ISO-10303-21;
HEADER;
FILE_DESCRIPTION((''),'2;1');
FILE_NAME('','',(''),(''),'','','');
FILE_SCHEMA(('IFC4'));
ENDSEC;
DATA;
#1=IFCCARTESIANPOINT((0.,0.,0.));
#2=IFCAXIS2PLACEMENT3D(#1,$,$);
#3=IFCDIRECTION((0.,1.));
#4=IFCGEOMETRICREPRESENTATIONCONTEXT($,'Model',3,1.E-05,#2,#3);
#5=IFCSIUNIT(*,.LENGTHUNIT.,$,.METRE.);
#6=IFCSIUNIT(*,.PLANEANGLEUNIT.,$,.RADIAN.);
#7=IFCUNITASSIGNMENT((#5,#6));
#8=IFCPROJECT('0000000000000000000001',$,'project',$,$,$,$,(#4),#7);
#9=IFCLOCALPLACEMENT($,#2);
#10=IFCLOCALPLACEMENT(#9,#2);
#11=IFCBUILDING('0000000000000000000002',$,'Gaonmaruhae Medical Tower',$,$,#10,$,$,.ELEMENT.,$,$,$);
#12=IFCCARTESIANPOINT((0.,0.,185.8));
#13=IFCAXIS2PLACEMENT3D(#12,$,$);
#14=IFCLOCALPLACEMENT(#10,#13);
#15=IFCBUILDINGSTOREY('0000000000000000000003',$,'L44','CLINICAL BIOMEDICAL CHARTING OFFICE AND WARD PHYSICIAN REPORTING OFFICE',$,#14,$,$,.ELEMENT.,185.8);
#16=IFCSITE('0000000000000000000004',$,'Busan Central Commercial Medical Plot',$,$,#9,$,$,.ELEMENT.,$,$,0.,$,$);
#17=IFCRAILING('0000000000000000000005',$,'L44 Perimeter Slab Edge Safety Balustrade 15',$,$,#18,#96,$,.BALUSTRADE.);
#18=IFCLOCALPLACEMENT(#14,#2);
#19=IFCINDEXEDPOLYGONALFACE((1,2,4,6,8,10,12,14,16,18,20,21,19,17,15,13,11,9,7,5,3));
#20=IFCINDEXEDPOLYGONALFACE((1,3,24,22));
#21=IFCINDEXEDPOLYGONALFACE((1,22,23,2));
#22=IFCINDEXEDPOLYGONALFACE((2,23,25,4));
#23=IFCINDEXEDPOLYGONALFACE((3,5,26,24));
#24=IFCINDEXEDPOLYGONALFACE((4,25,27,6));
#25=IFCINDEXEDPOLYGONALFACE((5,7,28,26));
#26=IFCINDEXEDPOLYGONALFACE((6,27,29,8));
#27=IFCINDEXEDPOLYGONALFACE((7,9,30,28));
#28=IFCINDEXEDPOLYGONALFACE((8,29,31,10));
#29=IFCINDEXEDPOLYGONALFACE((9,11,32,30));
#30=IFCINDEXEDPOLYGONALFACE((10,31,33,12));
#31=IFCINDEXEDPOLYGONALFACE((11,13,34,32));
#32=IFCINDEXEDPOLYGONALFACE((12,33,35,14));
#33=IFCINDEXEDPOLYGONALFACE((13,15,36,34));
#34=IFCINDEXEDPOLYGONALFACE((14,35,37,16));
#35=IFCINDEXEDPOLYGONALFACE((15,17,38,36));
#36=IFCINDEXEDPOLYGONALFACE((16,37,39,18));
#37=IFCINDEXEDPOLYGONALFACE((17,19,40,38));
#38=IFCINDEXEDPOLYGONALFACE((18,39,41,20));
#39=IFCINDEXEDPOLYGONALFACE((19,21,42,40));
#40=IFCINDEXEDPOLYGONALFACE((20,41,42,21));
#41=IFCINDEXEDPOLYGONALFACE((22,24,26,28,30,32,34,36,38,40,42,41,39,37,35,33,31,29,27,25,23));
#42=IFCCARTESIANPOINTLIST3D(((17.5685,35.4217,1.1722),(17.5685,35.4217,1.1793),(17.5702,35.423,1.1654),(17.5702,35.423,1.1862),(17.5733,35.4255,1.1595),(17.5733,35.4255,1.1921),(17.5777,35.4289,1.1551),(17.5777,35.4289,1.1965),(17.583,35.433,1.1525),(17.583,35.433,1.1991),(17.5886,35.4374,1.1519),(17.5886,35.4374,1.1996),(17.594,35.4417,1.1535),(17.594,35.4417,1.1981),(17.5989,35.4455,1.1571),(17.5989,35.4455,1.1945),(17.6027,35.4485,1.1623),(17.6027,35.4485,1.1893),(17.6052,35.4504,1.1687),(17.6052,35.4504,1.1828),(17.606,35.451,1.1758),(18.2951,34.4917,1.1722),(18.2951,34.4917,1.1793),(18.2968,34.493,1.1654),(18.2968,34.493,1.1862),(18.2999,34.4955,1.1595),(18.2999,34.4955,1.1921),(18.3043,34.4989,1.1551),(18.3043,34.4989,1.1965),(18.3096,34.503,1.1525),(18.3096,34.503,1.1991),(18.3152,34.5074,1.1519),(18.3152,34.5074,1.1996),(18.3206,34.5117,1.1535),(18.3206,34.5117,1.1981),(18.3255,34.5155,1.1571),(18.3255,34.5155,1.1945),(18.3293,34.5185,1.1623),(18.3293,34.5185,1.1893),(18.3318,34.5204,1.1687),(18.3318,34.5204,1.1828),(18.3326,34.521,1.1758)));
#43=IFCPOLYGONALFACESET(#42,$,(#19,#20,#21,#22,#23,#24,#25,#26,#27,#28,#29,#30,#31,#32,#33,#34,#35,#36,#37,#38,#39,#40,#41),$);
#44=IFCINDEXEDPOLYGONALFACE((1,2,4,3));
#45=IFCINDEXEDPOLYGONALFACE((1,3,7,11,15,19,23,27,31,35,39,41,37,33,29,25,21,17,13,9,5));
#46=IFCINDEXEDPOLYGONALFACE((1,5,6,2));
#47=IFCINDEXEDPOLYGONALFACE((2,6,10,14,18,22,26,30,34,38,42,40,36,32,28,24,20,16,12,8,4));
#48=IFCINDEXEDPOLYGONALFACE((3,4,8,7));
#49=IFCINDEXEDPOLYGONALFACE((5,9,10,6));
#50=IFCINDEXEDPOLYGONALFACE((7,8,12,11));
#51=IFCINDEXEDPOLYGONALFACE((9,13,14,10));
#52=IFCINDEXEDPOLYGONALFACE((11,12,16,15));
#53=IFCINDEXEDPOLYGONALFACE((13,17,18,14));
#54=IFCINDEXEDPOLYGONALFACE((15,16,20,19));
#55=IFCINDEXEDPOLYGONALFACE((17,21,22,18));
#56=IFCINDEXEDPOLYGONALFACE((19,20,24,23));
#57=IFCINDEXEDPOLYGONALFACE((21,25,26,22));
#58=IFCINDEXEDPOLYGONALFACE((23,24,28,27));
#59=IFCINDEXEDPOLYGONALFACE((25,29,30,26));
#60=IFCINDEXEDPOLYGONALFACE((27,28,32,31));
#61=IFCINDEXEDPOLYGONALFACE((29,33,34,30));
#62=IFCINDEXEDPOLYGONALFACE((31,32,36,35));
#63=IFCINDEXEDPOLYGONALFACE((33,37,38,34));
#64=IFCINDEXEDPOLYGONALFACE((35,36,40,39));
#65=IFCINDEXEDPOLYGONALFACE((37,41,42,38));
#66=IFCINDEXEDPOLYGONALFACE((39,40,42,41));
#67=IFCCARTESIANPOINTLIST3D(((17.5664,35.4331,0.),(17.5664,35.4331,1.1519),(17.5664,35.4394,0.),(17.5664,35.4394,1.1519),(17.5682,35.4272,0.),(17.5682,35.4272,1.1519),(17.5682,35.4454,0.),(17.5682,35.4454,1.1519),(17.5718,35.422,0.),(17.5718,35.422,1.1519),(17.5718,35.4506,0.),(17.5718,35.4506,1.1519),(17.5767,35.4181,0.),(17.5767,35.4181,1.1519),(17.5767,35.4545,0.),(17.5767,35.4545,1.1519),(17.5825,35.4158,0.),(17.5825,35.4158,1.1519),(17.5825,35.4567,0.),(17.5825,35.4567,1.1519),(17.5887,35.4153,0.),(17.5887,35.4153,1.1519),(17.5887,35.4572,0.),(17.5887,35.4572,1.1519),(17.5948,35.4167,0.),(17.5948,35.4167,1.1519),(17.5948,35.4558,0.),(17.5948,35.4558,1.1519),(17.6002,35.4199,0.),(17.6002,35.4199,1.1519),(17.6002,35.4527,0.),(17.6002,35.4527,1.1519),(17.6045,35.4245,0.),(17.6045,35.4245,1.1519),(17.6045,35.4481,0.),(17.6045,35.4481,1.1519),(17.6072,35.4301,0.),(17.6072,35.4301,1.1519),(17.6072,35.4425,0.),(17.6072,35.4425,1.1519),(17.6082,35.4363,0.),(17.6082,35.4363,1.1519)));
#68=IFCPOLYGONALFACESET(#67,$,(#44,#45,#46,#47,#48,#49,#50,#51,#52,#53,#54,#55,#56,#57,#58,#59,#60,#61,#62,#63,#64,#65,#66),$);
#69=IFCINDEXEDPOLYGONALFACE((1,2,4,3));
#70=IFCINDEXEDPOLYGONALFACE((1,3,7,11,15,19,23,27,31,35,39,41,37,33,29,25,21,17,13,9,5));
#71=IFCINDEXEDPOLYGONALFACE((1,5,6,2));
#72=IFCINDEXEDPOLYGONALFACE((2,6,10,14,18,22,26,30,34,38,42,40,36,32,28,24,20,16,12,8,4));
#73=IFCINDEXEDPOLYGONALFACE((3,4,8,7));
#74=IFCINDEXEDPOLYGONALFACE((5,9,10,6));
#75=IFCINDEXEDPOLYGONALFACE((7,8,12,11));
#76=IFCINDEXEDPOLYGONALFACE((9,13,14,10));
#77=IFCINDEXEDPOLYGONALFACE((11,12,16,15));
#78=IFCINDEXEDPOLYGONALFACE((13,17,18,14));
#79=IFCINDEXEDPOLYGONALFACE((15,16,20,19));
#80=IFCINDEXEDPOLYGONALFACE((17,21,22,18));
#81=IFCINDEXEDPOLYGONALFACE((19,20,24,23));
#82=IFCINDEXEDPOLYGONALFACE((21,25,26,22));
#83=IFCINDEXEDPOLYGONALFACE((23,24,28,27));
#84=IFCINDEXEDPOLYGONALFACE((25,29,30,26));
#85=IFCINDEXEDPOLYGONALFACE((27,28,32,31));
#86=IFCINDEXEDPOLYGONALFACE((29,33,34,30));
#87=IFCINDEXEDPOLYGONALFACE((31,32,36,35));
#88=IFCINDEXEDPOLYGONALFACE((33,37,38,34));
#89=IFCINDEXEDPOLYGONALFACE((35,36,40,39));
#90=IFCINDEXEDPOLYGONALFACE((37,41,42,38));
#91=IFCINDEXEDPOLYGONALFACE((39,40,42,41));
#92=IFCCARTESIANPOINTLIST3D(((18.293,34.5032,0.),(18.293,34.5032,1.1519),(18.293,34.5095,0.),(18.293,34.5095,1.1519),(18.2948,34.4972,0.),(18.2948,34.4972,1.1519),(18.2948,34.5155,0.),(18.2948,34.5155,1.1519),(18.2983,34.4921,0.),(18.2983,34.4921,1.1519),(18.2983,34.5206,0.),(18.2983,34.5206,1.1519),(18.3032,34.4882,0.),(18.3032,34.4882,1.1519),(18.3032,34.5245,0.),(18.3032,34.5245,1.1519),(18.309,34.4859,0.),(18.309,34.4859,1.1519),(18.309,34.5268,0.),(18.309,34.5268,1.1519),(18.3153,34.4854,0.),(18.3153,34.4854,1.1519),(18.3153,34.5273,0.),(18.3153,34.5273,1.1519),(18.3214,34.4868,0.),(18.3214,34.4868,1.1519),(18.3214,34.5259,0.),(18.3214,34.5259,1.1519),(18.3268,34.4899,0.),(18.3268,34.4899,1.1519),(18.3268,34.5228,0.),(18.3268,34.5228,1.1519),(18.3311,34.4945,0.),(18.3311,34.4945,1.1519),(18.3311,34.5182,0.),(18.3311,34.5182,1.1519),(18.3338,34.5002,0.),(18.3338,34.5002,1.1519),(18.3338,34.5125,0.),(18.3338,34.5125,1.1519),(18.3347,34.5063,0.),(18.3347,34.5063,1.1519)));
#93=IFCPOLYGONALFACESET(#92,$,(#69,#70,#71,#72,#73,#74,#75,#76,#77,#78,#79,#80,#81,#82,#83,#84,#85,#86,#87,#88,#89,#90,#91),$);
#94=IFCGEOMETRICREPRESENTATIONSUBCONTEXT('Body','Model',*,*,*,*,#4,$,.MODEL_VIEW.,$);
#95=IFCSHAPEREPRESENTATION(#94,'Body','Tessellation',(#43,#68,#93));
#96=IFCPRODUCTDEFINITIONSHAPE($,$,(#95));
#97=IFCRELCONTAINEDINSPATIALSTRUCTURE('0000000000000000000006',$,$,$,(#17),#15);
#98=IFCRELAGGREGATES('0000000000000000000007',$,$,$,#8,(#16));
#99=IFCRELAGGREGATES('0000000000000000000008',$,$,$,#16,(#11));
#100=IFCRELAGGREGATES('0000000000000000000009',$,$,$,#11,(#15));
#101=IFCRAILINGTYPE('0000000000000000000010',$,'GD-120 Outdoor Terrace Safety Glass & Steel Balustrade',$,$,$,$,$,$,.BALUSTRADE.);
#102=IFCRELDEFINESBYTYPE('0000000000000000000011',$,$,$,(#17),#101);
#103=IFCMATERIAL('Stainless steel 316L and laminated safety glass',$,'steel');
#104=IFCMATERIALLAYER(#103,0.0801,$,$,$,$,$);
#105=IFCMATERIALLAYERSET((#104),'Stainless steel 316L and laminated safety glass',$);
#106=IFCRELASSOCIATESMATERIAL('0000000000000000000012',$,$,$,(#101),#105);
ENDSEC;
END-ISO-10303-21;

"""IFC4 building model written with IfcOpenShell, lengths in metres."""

from ifc_helpers import new_model, si_unit, direction, frame, origin, origin_2d, place, context, subcontext, project, spatial, circle, extrude, material, layer, layer_set, type_object, element, save


model = new_model("IFC4")

# Units and contexts
model_context = context("Model", 3, precision=1e-05, world=origin(), true_north=direction((0.0, 1.0)))
body_context = subcontext(model_context, "Body", "Model", "MODEL_VIEW")
ifc_project = project(units=[si_unit("LENGTHUNIT", "METRE"), si_unit("PLANEANGLEUNIT", "RADIAN")], contexts=[model_context])

# Site, building, storey
site_placement = place(None, origin())
site = spatial("IfcSite", under=ifc_project, at=site_placement, Name="Busan Central Commercial Medical Plot", CompositionType="ELEMENT", RefElevation=0.0)
building_placement = place(site_placement, origin())
building = spatial("IfcBuilding", under=site, at=building_placement, Name="Gaonmaruhae Medical Tower", CompositionType="ELEMENT")
storey_placement = place(building_placement, frame((0.0, 0.0, 185.8)))
storey = spatial("IfcBuildingStorey", under=building, at=storey_placement, Name="L44", Description="CLINICAL BIOMEDICAL CHARTING OFFICE AND WARD PHYSICIAN REPORTING OFFICE", CompositionType="ELEMENT", Elevation=185.8)

# Railing
ifc_material_1 = material(Name="Stainless steel 316L and laminated safety glass", Category="steel")
ifc_layer_1 = layer(ifc_material_1, 0.0801)
ifc_layer_set_1 = layer_set([ifc_layer_1], Name="Stainless steel 316L and laminated safety glass")
railing_type = type_object("IfcRailingType", Name="GD-120 Outdoor Terrace Safety Glass & Steel Balustrade", PredefinedType="BALUSTRADE", material=ifc_layer_set_1)
railing_1_placement = place(storey_placement, frame((17.5872, 35.4363, 0.0)))
element("IfcRailing", 1, at=railing_1_placement, inside=storey, type_object=railing_type, Name="L44 Perimeter Slab Edge Safety Balustrade 15", PredefinedType="BALUSTRADE", context=body_context, shape_type="SweptSolid", body=[
    extrude(circle(Radius=0.0239, at=origin_2d()), frame((0.0, 0.0, 1.1758), z_axis=(0.615672, -0.788002, 0.0), x_axis=(0.788002, 0.615672, 0.0)), (0.0, 0.0, 1.0), 1.1802),
    extrude(circle(Radius=0.021, at=origin_2d()), origin(), (0.0, 0.0, 1.0), 1.1519),
    extrude(circle(Radius=0.021, at=origin_2d()), frame((0.7266, -0.9299, 0.0)), (0.0, 0.0, 1.0), 1.1519),
])

save(model, "model.ifc")
